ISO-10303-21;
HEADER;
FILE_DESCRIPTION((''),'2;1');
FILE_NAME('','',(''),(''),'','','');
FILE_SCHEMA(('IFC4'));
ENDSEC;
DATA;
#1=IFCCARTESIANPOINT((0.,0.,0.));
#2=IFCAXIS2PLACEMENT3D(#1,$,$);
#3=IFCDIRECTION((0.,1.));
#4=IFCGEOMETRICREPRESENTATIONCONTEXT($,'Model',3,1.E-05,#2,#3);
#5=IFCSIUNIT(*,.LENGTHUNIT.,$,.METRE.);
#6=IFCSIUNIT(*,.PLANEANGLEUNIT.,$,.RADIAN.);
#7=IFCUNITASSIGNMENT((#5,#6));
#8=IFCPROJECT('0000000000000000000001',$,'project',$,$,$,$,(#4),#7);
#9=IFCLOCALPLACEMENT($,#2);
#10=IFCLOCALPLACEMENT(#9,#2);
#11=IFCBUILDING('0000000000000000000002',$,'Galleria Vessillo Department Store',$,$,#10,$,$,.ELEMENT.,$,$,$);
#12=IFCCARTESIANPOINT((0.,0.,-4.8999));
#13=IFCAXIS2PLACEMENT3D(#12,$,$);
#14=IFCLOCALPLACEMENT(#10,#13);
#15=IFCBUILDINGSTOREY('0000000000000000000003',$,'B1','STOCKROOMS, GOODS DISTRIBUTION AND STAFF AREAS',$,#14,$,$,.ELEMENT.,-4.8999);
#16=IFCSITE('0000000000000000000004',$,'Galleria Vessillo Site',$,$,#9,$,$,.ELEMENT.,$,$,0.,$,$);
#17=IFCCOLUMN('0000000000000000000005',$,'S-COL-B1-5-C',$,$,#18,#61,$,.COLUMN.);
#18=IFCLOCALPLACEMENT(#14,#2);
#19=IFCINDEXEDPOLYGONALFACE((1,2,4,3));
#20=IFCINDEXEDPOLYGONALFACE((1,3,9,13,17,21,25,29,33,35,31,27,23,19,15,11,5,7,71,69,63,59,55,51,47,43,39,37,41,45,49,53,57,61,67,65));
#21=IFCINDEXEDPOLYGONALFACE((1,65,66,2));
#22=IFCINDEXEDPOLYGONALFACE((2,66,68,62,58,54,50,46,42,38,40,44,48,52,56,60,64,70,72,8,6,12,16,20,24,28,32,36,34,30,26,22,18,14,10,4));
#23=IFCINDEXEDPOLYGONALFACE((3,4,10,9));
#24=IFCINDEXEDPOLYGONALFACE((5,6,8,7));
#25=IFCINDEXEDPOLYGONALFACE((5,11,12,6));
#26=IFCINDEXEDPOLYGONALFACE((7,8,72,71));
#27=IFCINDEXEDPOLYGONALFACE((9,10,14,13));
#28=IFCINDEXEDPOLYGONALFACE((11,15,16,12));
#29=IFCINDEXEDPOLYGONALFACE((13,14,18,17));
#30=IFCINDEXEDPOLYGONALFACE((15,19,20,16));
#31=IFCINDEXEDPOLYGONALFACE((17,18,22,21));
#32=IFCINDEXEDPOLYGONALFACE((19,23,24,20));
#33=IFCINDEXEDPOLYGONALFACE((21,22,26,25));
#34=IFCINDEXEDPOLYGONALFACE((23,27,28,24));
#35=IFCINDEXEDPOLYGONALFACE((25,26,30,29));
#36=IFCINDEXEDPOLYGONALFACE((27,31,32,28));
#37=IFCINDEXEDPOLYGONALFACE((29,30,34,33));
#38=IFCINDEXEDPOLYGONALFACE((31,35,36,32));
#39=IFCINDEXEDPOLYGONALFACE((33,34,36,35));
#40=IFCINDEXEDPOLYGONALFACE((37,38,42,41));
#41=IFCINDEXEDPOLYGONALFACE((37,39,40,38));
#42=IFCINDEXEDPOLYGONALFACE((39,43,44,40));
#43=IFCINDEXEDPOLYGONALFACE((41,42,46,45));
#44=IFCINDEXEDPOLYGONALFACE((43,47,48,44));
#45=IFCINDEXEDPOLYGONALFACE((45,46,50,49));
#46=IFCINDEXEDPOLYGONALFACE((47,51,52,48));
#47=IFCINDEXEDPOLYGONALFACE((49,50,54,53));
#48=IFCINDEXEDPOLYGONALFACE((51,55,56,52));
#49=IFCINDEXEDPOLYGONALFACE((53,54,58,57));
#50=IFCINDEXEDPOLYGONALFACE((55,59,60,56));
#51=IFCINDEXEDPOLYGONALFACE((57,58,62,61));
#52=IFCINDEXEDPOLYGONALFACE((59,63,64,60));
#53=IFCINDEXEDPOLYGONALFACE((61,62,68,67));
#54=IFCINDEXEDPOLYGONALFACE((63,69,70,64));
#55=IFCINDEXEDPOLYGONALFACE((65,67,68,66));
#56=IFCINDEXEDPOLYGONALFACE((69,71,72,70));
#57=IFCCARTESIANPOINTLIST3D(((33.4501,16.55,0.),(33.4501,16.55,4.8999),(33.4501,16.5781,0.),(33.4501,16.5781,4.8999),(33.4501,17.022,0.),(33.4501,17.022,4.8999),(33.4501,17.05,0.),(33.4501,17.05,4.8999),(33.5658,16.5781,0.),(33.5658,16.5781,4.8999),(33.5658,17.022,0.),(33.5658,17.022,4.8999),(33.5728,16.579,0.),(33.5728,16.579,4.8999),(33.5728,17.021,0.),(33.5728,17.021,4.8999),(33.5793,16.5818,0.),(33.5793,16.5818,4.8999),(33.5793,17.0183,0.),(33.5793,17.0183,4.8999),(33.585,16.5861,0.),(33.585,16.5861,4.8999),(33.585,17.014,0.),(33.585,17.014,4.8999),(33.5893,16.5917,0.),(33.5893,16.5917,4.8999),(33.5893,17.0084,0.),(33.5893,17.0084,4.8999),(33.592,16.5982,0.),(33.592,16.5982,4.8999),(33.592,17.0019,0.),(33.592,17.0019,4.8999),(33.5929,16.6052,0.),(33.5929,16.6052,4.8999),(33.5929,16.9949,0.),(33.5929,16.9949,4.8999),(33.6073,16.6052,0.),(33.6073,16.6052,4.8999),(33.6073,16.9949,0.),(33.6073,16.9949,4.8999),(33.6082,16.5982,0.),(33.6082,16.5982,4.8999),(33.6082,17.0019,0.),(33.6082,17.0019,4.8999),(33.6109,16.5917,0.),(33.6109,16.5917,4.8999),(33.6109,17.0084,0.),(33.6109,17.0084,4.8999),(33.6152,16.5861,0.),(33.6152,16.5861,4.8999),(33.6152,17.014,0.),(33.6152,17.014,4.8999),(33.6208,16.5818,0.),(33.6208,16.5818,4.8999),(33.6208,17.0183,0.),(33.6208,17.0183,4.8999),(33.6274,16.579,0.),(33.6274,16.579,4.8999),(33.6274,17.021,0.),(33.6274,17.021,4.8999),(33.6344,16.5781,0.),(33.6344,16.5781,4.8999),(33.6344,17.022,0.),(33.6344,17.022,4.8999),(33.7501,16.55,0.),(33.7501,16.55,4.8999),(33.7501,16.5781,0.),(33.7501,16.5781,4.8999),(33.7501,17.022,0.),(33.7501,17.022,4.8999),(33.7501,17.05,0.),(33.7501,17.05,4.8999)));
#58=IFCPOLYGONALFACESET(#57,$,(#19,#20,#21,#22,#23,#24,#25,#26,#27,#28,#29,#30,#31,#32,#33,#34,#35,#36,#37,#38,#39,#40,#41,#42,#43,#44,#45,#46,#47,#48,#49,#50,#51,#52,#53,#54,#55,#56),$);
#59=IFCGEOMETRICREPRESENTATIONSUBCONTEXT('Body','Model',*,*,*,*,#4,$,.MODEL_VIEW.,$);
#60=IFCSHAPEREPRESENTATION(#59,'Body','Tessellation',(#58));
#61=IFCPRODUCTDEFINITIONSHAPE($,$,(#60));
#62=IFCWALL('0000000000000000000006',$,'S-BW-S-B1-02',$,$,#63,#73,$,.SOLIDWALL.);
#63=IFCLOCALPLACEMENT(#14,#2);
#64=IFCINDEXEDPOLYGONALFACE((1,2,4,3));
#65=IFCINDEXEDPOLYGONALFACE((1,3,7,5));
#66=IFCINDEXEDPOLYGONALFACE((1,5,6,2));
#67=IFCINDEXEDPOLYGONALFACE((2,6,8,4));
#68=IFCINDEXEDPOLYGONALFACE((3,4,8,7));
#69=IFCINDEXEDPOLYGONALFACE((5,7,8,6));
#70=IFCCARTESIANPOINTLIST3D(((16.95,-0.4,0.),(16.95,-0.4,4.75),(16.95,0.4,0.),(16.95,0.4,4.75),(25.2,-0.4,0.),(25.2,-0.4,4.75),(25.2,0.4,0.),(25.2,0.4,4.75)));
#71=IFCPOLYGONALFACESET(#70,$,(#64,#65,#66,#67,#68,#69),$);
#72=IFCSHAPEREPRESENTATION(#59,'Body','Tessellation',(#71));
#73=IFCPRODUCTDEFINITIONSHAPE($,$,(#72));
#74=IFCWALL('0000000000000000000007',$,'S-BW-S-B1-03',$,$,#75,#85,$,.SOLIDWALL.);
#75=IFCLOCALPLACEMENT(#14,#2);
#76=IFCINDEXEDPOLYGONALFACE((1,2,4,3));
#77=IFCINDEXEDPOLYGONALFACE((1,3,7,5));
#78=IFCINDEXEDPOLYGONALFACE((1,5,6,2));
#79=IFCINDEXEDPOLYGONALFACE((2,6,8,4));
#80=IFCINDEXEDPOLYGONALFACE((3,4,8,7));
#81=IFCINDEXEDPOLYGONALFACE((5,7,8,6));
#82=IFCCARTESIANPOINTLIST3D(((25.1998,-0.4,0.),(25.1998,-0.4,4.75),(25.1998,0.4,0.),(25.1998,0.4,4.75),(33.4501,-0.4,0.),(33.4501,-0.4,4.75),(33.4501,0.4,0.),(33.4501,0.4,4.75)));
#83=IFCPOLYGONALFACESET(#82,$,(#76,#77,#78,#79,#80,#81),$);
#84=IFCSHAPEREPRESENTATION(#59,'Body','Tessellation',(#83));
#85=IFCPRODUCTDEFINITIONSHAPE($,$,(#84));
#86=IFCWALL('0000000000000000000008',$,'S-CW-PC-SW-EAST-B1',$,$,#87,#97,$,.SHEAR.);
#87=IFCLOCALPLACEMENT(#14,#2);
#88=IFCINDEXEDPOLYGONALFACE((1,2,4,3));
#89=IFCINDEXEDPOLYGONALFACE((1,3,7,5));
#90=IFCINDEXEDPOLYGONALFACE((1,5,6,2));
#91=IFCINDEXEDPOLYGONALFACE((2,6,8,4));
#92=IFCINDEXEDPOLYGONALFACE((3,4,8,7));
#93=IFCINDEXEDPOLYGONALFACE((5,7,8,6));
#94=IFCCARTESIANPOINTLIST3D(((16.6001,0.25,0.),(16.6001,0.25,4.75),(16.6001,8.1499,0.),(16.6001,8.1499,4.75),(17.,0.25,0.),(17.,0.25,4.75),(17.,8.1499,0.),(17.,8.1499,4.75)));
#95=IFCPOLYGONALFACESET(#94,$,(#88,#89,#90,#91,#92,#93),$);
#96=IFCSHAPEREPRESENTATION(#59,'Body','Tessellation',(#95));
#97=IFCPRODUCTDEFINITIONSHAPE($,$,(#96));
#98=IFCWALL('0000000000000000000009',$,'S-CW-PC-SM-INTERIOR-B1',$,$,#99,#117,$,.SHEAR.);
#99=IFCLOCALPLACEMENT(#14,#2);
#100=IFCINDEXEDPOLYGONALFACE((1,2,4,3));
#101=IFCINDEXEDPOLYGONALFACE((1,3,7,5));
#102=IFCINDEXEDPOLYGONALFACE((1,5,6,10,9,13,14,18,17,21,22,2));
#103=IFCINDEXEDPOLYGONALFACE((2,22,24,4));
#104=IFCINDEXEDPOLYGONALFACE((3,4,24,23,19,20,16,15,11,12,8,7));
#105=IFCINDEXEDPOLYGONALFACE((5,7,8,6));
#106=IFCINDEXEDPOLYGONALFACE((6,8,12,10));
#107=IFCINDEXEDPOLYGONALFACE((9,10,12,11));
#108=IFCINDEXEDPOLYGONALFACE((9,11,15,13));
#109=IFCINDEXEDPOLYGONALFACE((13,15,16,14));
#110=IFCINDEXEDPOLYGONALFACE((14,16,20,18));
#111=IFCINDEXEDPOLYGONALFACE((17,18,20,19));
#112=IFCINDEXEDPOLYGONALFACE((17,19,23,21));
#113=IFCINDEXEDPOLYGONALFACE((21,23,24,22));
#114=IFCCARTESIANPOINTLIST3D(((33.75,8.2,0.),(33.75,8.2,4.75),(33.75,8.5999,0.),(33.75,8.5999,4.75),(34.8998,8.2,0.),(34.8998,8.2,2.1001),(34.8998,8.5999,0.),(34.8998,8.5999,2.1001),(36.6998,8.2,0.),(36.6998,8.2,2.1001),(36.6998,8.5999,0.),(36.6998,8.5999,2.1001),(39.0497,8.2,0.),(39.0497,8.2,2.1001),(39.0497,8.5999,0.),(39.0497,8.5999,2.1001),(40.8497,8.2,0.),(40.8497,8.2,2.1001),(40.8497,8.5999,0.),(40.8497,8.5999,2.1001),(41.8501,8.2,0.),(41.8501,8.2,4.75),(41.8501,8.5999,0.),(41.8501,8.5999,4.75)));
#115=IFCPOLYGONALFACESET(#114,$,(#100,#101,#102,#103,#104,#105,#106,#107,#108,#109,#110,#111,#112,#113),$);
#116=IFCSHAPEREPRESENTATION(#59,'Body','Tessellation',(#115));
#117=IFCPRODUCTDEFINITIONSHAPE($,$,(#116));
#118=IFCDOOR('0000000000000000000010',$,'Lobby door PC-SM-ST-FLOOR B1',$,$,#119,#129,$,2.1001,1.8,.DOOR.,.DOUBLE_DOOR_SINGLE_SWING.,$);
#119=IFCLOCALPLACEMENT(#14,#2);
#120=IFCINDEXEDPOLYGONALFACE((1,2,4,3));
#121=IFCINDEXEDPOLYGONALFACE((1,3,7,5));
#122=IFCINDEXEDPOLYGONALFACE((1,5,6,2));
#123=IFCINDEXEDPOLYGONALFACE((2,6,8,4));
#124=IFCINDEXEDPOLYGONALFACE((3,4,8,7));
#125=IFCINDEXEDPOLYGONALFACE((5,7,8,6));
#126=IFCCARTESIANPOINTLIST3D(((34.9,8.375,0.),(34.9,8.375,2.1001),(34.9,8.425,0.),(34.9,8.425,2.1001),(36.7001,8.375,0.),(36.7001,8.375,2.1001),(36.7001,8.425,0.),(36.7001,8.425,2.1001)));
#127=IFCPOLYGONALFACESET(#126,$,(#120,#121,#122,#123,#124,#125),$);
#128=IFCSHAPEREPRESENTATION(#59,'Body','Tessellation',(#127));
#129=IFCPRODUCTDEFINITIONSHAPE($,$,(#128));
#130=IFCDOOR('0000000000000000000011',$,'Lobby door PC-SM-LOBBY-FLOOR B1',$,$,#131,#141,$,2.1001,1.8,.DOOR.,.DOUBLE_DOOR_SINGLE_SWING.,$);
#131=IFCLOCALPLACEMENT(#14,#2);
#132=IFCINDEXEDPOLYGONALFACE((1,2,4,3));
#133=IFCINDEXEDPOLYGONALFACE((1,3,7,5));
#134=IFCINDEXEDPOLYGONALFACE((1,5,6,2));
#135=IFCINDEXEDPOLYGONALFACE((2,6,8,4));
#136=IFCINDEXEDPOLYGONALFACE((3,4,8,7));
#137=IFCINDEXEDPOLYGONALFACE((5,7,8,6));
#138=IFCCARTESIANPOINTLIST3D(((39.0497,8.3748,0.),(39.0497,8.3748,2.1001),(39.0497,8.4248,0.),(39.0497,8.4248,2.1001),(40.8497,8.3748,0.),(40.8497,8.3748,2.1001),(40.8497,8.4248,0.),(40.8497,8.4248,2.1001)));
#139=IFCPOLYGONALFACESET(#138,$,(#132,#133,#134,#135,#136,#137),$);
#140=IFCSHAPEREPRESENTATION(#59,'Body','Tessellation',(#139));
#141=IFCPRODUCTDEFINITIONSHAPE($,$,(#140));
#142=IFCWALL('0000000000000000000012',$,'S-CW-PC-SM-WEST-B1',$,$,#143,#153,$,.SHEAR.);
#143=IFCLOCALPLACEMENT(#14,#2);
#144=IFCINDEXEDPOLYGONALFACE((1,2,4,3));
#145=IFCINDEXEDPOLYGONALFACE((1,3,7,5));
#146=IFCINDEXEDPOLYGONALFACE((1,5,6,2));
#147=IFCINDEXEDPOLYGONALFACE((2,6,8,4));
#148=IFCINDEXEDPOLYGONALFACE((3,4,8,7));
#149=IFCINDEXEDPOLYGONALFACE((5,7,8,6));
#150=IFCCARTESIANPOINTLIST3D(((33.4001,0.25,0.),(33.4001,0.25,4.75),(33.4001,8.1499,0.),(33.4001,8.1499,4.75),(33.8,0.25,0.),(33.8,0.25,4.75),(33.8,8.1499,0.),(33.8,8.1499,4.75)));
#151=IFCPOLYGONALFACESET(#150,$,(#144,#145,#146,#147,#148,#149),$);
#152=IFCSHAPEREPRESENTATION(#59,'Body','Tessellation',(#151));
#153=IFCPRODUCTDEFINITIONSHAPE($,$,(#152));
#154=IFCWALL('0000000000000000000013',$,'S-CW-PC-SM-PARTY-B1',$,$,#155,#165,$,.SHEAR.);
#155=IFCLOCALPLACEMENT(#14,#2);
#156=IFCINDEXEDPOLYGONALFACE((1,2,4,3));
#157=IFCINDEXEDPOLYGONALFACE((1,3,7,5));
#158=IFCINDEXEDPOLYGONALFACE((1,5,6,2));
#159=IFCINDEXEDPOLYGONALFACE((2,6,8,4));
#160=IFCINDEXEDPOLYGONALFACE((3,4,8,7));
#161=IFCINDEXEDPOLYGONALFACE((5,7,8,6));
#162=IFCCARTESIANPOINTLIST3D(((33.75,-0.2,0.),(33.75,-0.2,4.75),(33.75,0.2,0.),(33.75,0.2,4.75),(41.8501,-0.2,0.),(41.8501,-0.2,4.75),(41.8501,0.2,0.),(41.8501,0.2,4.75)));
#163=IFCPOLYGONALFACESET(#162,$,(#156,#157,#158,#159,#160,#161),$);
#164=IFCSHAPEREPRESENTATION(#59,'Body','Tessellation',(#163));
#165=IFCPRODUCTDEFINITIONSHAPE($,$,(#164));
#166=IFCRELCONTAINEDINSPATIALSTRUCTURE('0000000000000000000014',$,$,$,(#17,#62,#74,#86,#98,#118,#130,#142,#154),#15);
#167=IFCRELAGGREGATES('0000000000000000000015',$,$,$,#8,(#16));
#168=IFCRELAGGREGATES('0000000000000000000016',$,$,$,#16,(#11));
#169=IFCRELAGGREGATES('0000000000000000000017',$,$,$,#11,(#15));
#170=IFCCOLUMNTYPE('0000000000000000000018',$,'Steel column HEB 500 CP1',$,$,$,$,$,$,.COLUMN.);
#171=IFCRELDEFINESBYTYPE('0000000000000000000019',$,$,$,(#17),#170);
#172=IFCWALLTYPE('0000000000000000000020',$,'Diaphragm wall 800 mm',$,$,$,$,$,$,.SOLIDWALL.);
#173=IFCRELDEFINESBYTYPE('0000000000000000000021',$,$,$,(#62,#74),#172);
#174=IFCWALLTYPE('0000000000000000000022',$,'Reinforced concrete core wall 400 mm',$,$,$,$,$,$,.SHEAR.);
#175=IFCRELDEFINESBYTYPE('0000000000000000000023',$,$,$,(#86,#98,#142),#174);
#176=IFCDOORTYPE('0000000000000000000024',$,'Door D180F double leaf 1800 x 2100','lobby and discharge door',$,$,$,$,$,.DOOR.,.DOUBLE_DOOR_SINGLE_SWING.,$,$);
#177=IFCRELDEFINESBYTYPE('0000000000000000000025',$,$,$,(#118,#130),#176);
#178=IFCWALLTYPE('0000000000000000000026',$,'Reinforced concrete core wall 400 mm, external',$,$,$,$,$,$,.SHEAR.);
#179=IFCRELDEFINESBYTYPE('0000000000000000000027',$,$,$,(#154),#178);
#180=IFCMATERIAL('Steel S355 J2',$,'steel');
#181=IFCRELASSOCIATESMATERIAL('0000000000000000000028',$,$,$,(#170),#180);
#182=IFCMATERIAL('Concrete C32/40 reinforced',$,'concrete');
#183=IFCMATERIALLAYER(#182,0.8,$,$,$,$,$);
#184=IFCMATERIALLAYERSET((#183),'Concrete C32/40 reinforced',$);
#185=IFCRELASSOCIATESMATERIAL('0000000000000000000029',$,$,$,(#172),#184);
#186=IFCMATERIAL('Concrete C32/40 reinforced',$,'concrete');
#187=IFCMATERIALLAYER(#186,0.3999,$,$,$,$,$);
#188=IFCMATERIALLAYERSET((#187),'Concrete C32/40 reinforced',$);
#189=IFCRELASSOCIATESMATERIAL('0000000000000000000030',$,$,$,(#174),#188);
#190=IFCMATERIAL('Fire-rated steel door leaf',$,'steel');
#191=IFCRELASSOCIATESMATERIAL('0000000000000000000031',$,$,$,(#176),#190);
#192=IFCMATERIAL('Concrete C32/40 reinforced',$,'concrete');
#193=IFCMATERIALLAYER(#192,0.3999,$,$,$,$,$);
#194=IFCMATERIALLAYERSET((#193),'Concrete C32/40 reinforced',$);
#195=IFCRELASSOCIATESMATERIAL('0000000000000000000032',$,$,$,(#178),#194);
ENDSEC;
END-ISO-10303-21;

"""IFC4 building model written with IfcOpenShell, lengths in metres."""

from ifc_helpers import new_model, si_unit, direction, frame, frame_2d, origin, origin_2d, place, context, subcontext, project, spatial, rectangle, i_section, extrude, material, layer, layer_set, material_profile, profile_set, type_object, element, fill, save


model = new_model("IFC4")

# Units and contexts
model_context = context("Model", 3, precision=1e-05, world=origin(), true_north=direction((0.0, 1.0)))
body_context = subcontext(model_context, "Body", "Model", "MODEL_VIEW")
ifc_project = project(units=[si_unit("LENGTHUNIT", "METRE"), si_unit("PLANEANGLEUNIT", "RADIAN")], contexts=[model_context])

# Site, building, storey
site_placement = place(None, origin())
site = spatial("IfcSite", under=ifc_project, at=site_placement, Name="Galleria Vessillo Site", CompositionType="ELEMENT", RefElevation=0.0)
building_placement = place(site_placement, origin())
building = spatial("IfcBuilding", under=site, at=building_placement, Name="Galleria Vessillo Department Store", CompositionType="ELEMENT")
storey_placement = place(building_placement, frame((0.0, 0.0, -4.8999)))
storey = spatial("IfcBuildingStorey", under=building, at=storey_placement, Name="B1", Description="STOCKROOMS, GOODS DISTRIBUTION AND STAFF AREAS", CompositionType="ELEMENT", Elevation=-4.8999)

# Column
ifc_material_1 = material(Name="Steel S355 J2", Category="steel")
ifc_material_profile = material_profile(ifc_material_1, i_section(OverallWidth=0.3, OverallDepth=0.5, WebThickness=0.0144, FlangeThickness=0.0281, FilletRadius=0.0271, at=origin_2d()), Name="HEB 500")
ifc_profile_set = profile_set([ifc_material_profile], Name="Steel S355 J2")
column_type = type_object("IfcColumnType", Name="Steel column HEB 500 CP1", PredefinedType="COLUMN", material=ifc_profile_set)
for number, where, z_axis, x_axis, name in (
    (1, (33.6001, 16.8, 0.0), (0.0, 0.0, 1.0), (1.0, 0.0, 0.0), "S-COL-B1-5-C"),
):
    element("IfcColumn", number, at=place(storey_placement, frame(where, z_axis=z_axis, x_axis=x_axis)), inside=storey, type_object=column_type, Name=name, PredefinedType="COLUMN", context=body_context, shape_type="SweptSolid", body=[
        extrude(i_section(OverallWidth=0.3, OverallDepth=0.5, WebThickness=0.0144, FlangeThickness=0.0281, FilletRadius=0.0271, at=origin_2d()), origin(), (0.0, 0.0, 1.0), 4.8999),
    ])

# Walls
ifc_material_2 = material(Name="Concrete C32/40 reinforced", Category="concrete")
ifc_layer_1 = layer(ifc_material_2, 0.8)
ifc_layer_set_1 = layer_set([ifc_layer_1], Name="Concrete C32/40 reinforced")
wall_type_1 = type_object("IfcWallType", Name="Diaphragm wall 800 mm", PredefinedType="SOLIDWALL", material=ifc_layer_set_1)
wall_1_placement = place(storey_placement, frame((16.95, 0.0, 0.0), z_axis=(0.0, 0.0, 1.0), x_axis=(1.0, 0.0, 0.0)))
element("IfcWall", 2, at=wall_1_placement, inside=storey, type_object=wall_type_1, Name="S-BW-S-B1-02", PredefinedType="SOLIDWALL", context=body_context, shape_type="SweptSolid", body=[
    extrude(rectangle(XDim=8.25, YDim=0.8, at=frame_2d((4.125, 0.0))), origin(), (0.0, 0.0, 1.0), 4.75),
])
wall_2_placement = place(storey_placement, frame((25.2, 0.0, 0.0), z_axis=(0.0, 0.0, 1.0), x_axis=(1.0, 0.0, 0.0)))
element("IfcWall", 3, at=wall_2_placement, inside=storey, type_object=wall_type_1, Name="S-BW-S-B1-03", PredefinedType="SOLIDWALL", context=body_context, shape_type="SweptSolid", body=[
    extrude(rectangle(XDim=8.2502, YDim=0.8, at=frame_2d((4.125, 0.0))), origin(), (0.0, 0.0, 1.0), 4.75),
])
ifc_material_3 = material(Name="Concrete C32/40 reinforced", Category="concrete")
ifc_layer_2 = layer(ifc_material_3, 0.3999)
ifc_layer_set_2 = layer_set([ifc_layer_2], Name="Concrete C32/40 reinforced")
wall_type_2 = type_object("IfcWallType", Name="Reinforced concrete core wall 400 mm", PredefinedType="SHEAR", material=ifc_layer_set_2)
wall_3_placement = place(storey_placement, frame((16.8, 0.25, 0.0), z_axis=(0.0, 0.0, 1.0), x_axis=(0.0, 1.0, 0.0)))
element("IfcWall", 4, at=wall_3_placement, inside=storey, type_object=wall_type_2, Name="S-CW-PC-SW-EAST-B1", PredefinedType="SHEAR", context=body_context, shape_type="SweptSolid", body=[
    extrude(rectangle(XDim=7.8999, YDim=0.3999, at=frame_2d((3.95, 0.0))), origin(), (0.0, 0.0, 1.0), 4.75),
])

# Wall, openings, doors
wall_4_placement = place(storey_placement, frame((33.75, 8.3999, 0.0), z_axis=(0.0, 0.0, 1.0), x_axis=(1.0, 0.0, 0.0)))
wall_4 = element("IfcWall", 5, at=wall_4_placement, inside=storey, type_object=wall_type_2, Name="S-CW-PC-SM-INTERIOR-B1", PredefinedType="SHEAR", context=body_context, shape_type="SweptSolid", body=[
    extrude(rectangle(XDim=8.1001, YDim=0.3999, at=frame_2d((4.05, 0.0))), origin(), (0.0, 0.0, 1.0), 4.75),
])
opening_1_placement = place(wall_4_placement, frame((1.1499, 0.0, 0.0)))
opening_1 = element("IfcOpeningElement", 6, at=opening_1_placement, cuts=wall_4, PredefinedType="OPENING", context=body_context, shape_type="SweptSolid", body=[
    extrude(rectangle(XDim=1.8, YDim=2.1001, at=frame_2d((0.8999, 1.05))), frame((0.0, 0.21, 0.0), z_axis=(0.0, -1.0, 0.0), x_axis=(1.0, 0.0, 0.0)), (0.0, 0.0, 1.0), 0.4199),
])
opening_2_placement = place(wall_4_placement, frame((5.2998, 0.0, 0.0)))
opening_2 = element("IfcOpeningElement", 7, at=opening_2_placement, cuts=wall_4, PredefinedType="OPENING", context=body_context, shape_type="SweptSolid", body=[
    extrude(rectangle(XDim=1.8, YDim=2.1001, at=frame_2d((0.8999, 1.05))), frame((0.0, 0.21, 0.0), z_axis=(0.0, -1.0, 0.0), x_axis=(1.0, 0.0, 0.0)), (0.0, 0.0, 1.0), 0.4199),
])
ifc_material_4 = material(Name="Fire-rated steel door leaf", Category="steel")
door_type_1 = type_object("IfcDoorType", Name="Door D180F double leaf 1800 x 2100", Description="lobby and discharge door", OperationType="DOUBLE_DOOR_SINGLE_SWING", PredefinedType="DOOR", material=ifc_material_4)
door_1_placement = place(opening_1_placement, frame((1.8, 0.0, 0.0), z_axis=(0.0, 0.0, 1.0), x_axis=(-1.0, 0.0, 0.0)))
door_1 = element("IfcDoor", 8, at=door_1_placement, inside=storey, type_object=door_type_1, Name="Lobby door PC-SM-ST-FLOOR B1", OperationType="DOUBLE_DOOR_SINGLE_SWING", OverallHeight=2.1001, OverallWidth=1.8, PredefinedType="DOOR", context=body_context, shape_type="SweptSolid", body=[
    extrude(rectangle(XDim=1.8, YDim=2.1001, at=frame_2d((0.8999, 1.05))), frame((0.0, 0.0249, 0.0), z_axis=(0.0, -1.0, 0.0), x_axis=(1.0, 0.0, 0.0)), (0.0, 0.0, 1.0), 0.05),
])
fill(opening_1, door_1)
door_2_placement = place(opening_2_placement, origin())
door_2 = element("IfcDoor", 9, at=door_2_placement, inside=storey, type_object=door_type_1, Name="Lobby door PC-SM-LOBBY-FLOOR B1", OperationType="DOUBLE_DOOR_SINGLE_SWING", OverallHeight=2.1001, OverallWidth=1.8, PredefinedType="DOOR", context=body_context, shape_type="SweptSolid", body=[
    extrude(rectangle(XDim=1.8, YDim=2.1001, at=frame_2d((0.8999, 1.05))), frame((0.0, 0.0249, 0.0), z_axis=(0.0, -1.0, 0.0), x_axis=(1.0, 0.0, 0.0)), (0.0, 0.0, 1.0), 0.05),
])
fill(opening_2, door_2)

# Walls
wall_5_placement = place(storey_placement, frame((33.6001, 0.25, 0.0), z_axis=(0.0, 0.0, 1.0), x_axis=(0.0, 1.0, 0.0)))
element("IfcWall", 10, at=wall_5_placement, inside=storey, type_object=wall_type_2, Name="S-CW-PC-SM-WEST-B1", PredefinedType="SHEAR", context=body_context, shape_type="SweptSolid", body=[
    extrude(rectangle(XDim=7.8999, YDim=0.3999, at=frame_2d((3.95, 0.0))), origin(), (0.0, 0.0, 1.0), 4.75),
])
ifc_material_5 = material(Name="Concrete C32/40 reinforced", Category="concrete")
ifc_layer_3 = layer(ifc_material_5, 0.3999)
ifc_layer_set_3 = layer_set([ifc_layer_3], Name="Concrete C32/40 reinforced")
wall_type_3 = type_object("IfcWallType", Name="Reinforced concrete core wall 400 mm, external", PredefinedType="SHEAR", material=ifc_layer_set_3)
wall_6_placement = place(storey_placement, frame((33.75, 0.0, 0.0), z_axis=(0.0, 0.0, 1.0), x_axis=(1.0, 0.0, 0.0)))
element("IfcWall", 11, at=wall_6_placement, inside=storey, type_object=wall_type_3, Name="S-CW-PC-SM-PARTY-B1", PredefinedType="SHEAR", context=body_context, shape_type="SweptSolid", body=[
    extrude(rectangle(XDim=8.1001, YDim=0.3999, at=frame_2d((4.05, 0.0))), origin(), (0.0, 0.0, 1.0), 4.75),
])

save(model, "model.ifc")
